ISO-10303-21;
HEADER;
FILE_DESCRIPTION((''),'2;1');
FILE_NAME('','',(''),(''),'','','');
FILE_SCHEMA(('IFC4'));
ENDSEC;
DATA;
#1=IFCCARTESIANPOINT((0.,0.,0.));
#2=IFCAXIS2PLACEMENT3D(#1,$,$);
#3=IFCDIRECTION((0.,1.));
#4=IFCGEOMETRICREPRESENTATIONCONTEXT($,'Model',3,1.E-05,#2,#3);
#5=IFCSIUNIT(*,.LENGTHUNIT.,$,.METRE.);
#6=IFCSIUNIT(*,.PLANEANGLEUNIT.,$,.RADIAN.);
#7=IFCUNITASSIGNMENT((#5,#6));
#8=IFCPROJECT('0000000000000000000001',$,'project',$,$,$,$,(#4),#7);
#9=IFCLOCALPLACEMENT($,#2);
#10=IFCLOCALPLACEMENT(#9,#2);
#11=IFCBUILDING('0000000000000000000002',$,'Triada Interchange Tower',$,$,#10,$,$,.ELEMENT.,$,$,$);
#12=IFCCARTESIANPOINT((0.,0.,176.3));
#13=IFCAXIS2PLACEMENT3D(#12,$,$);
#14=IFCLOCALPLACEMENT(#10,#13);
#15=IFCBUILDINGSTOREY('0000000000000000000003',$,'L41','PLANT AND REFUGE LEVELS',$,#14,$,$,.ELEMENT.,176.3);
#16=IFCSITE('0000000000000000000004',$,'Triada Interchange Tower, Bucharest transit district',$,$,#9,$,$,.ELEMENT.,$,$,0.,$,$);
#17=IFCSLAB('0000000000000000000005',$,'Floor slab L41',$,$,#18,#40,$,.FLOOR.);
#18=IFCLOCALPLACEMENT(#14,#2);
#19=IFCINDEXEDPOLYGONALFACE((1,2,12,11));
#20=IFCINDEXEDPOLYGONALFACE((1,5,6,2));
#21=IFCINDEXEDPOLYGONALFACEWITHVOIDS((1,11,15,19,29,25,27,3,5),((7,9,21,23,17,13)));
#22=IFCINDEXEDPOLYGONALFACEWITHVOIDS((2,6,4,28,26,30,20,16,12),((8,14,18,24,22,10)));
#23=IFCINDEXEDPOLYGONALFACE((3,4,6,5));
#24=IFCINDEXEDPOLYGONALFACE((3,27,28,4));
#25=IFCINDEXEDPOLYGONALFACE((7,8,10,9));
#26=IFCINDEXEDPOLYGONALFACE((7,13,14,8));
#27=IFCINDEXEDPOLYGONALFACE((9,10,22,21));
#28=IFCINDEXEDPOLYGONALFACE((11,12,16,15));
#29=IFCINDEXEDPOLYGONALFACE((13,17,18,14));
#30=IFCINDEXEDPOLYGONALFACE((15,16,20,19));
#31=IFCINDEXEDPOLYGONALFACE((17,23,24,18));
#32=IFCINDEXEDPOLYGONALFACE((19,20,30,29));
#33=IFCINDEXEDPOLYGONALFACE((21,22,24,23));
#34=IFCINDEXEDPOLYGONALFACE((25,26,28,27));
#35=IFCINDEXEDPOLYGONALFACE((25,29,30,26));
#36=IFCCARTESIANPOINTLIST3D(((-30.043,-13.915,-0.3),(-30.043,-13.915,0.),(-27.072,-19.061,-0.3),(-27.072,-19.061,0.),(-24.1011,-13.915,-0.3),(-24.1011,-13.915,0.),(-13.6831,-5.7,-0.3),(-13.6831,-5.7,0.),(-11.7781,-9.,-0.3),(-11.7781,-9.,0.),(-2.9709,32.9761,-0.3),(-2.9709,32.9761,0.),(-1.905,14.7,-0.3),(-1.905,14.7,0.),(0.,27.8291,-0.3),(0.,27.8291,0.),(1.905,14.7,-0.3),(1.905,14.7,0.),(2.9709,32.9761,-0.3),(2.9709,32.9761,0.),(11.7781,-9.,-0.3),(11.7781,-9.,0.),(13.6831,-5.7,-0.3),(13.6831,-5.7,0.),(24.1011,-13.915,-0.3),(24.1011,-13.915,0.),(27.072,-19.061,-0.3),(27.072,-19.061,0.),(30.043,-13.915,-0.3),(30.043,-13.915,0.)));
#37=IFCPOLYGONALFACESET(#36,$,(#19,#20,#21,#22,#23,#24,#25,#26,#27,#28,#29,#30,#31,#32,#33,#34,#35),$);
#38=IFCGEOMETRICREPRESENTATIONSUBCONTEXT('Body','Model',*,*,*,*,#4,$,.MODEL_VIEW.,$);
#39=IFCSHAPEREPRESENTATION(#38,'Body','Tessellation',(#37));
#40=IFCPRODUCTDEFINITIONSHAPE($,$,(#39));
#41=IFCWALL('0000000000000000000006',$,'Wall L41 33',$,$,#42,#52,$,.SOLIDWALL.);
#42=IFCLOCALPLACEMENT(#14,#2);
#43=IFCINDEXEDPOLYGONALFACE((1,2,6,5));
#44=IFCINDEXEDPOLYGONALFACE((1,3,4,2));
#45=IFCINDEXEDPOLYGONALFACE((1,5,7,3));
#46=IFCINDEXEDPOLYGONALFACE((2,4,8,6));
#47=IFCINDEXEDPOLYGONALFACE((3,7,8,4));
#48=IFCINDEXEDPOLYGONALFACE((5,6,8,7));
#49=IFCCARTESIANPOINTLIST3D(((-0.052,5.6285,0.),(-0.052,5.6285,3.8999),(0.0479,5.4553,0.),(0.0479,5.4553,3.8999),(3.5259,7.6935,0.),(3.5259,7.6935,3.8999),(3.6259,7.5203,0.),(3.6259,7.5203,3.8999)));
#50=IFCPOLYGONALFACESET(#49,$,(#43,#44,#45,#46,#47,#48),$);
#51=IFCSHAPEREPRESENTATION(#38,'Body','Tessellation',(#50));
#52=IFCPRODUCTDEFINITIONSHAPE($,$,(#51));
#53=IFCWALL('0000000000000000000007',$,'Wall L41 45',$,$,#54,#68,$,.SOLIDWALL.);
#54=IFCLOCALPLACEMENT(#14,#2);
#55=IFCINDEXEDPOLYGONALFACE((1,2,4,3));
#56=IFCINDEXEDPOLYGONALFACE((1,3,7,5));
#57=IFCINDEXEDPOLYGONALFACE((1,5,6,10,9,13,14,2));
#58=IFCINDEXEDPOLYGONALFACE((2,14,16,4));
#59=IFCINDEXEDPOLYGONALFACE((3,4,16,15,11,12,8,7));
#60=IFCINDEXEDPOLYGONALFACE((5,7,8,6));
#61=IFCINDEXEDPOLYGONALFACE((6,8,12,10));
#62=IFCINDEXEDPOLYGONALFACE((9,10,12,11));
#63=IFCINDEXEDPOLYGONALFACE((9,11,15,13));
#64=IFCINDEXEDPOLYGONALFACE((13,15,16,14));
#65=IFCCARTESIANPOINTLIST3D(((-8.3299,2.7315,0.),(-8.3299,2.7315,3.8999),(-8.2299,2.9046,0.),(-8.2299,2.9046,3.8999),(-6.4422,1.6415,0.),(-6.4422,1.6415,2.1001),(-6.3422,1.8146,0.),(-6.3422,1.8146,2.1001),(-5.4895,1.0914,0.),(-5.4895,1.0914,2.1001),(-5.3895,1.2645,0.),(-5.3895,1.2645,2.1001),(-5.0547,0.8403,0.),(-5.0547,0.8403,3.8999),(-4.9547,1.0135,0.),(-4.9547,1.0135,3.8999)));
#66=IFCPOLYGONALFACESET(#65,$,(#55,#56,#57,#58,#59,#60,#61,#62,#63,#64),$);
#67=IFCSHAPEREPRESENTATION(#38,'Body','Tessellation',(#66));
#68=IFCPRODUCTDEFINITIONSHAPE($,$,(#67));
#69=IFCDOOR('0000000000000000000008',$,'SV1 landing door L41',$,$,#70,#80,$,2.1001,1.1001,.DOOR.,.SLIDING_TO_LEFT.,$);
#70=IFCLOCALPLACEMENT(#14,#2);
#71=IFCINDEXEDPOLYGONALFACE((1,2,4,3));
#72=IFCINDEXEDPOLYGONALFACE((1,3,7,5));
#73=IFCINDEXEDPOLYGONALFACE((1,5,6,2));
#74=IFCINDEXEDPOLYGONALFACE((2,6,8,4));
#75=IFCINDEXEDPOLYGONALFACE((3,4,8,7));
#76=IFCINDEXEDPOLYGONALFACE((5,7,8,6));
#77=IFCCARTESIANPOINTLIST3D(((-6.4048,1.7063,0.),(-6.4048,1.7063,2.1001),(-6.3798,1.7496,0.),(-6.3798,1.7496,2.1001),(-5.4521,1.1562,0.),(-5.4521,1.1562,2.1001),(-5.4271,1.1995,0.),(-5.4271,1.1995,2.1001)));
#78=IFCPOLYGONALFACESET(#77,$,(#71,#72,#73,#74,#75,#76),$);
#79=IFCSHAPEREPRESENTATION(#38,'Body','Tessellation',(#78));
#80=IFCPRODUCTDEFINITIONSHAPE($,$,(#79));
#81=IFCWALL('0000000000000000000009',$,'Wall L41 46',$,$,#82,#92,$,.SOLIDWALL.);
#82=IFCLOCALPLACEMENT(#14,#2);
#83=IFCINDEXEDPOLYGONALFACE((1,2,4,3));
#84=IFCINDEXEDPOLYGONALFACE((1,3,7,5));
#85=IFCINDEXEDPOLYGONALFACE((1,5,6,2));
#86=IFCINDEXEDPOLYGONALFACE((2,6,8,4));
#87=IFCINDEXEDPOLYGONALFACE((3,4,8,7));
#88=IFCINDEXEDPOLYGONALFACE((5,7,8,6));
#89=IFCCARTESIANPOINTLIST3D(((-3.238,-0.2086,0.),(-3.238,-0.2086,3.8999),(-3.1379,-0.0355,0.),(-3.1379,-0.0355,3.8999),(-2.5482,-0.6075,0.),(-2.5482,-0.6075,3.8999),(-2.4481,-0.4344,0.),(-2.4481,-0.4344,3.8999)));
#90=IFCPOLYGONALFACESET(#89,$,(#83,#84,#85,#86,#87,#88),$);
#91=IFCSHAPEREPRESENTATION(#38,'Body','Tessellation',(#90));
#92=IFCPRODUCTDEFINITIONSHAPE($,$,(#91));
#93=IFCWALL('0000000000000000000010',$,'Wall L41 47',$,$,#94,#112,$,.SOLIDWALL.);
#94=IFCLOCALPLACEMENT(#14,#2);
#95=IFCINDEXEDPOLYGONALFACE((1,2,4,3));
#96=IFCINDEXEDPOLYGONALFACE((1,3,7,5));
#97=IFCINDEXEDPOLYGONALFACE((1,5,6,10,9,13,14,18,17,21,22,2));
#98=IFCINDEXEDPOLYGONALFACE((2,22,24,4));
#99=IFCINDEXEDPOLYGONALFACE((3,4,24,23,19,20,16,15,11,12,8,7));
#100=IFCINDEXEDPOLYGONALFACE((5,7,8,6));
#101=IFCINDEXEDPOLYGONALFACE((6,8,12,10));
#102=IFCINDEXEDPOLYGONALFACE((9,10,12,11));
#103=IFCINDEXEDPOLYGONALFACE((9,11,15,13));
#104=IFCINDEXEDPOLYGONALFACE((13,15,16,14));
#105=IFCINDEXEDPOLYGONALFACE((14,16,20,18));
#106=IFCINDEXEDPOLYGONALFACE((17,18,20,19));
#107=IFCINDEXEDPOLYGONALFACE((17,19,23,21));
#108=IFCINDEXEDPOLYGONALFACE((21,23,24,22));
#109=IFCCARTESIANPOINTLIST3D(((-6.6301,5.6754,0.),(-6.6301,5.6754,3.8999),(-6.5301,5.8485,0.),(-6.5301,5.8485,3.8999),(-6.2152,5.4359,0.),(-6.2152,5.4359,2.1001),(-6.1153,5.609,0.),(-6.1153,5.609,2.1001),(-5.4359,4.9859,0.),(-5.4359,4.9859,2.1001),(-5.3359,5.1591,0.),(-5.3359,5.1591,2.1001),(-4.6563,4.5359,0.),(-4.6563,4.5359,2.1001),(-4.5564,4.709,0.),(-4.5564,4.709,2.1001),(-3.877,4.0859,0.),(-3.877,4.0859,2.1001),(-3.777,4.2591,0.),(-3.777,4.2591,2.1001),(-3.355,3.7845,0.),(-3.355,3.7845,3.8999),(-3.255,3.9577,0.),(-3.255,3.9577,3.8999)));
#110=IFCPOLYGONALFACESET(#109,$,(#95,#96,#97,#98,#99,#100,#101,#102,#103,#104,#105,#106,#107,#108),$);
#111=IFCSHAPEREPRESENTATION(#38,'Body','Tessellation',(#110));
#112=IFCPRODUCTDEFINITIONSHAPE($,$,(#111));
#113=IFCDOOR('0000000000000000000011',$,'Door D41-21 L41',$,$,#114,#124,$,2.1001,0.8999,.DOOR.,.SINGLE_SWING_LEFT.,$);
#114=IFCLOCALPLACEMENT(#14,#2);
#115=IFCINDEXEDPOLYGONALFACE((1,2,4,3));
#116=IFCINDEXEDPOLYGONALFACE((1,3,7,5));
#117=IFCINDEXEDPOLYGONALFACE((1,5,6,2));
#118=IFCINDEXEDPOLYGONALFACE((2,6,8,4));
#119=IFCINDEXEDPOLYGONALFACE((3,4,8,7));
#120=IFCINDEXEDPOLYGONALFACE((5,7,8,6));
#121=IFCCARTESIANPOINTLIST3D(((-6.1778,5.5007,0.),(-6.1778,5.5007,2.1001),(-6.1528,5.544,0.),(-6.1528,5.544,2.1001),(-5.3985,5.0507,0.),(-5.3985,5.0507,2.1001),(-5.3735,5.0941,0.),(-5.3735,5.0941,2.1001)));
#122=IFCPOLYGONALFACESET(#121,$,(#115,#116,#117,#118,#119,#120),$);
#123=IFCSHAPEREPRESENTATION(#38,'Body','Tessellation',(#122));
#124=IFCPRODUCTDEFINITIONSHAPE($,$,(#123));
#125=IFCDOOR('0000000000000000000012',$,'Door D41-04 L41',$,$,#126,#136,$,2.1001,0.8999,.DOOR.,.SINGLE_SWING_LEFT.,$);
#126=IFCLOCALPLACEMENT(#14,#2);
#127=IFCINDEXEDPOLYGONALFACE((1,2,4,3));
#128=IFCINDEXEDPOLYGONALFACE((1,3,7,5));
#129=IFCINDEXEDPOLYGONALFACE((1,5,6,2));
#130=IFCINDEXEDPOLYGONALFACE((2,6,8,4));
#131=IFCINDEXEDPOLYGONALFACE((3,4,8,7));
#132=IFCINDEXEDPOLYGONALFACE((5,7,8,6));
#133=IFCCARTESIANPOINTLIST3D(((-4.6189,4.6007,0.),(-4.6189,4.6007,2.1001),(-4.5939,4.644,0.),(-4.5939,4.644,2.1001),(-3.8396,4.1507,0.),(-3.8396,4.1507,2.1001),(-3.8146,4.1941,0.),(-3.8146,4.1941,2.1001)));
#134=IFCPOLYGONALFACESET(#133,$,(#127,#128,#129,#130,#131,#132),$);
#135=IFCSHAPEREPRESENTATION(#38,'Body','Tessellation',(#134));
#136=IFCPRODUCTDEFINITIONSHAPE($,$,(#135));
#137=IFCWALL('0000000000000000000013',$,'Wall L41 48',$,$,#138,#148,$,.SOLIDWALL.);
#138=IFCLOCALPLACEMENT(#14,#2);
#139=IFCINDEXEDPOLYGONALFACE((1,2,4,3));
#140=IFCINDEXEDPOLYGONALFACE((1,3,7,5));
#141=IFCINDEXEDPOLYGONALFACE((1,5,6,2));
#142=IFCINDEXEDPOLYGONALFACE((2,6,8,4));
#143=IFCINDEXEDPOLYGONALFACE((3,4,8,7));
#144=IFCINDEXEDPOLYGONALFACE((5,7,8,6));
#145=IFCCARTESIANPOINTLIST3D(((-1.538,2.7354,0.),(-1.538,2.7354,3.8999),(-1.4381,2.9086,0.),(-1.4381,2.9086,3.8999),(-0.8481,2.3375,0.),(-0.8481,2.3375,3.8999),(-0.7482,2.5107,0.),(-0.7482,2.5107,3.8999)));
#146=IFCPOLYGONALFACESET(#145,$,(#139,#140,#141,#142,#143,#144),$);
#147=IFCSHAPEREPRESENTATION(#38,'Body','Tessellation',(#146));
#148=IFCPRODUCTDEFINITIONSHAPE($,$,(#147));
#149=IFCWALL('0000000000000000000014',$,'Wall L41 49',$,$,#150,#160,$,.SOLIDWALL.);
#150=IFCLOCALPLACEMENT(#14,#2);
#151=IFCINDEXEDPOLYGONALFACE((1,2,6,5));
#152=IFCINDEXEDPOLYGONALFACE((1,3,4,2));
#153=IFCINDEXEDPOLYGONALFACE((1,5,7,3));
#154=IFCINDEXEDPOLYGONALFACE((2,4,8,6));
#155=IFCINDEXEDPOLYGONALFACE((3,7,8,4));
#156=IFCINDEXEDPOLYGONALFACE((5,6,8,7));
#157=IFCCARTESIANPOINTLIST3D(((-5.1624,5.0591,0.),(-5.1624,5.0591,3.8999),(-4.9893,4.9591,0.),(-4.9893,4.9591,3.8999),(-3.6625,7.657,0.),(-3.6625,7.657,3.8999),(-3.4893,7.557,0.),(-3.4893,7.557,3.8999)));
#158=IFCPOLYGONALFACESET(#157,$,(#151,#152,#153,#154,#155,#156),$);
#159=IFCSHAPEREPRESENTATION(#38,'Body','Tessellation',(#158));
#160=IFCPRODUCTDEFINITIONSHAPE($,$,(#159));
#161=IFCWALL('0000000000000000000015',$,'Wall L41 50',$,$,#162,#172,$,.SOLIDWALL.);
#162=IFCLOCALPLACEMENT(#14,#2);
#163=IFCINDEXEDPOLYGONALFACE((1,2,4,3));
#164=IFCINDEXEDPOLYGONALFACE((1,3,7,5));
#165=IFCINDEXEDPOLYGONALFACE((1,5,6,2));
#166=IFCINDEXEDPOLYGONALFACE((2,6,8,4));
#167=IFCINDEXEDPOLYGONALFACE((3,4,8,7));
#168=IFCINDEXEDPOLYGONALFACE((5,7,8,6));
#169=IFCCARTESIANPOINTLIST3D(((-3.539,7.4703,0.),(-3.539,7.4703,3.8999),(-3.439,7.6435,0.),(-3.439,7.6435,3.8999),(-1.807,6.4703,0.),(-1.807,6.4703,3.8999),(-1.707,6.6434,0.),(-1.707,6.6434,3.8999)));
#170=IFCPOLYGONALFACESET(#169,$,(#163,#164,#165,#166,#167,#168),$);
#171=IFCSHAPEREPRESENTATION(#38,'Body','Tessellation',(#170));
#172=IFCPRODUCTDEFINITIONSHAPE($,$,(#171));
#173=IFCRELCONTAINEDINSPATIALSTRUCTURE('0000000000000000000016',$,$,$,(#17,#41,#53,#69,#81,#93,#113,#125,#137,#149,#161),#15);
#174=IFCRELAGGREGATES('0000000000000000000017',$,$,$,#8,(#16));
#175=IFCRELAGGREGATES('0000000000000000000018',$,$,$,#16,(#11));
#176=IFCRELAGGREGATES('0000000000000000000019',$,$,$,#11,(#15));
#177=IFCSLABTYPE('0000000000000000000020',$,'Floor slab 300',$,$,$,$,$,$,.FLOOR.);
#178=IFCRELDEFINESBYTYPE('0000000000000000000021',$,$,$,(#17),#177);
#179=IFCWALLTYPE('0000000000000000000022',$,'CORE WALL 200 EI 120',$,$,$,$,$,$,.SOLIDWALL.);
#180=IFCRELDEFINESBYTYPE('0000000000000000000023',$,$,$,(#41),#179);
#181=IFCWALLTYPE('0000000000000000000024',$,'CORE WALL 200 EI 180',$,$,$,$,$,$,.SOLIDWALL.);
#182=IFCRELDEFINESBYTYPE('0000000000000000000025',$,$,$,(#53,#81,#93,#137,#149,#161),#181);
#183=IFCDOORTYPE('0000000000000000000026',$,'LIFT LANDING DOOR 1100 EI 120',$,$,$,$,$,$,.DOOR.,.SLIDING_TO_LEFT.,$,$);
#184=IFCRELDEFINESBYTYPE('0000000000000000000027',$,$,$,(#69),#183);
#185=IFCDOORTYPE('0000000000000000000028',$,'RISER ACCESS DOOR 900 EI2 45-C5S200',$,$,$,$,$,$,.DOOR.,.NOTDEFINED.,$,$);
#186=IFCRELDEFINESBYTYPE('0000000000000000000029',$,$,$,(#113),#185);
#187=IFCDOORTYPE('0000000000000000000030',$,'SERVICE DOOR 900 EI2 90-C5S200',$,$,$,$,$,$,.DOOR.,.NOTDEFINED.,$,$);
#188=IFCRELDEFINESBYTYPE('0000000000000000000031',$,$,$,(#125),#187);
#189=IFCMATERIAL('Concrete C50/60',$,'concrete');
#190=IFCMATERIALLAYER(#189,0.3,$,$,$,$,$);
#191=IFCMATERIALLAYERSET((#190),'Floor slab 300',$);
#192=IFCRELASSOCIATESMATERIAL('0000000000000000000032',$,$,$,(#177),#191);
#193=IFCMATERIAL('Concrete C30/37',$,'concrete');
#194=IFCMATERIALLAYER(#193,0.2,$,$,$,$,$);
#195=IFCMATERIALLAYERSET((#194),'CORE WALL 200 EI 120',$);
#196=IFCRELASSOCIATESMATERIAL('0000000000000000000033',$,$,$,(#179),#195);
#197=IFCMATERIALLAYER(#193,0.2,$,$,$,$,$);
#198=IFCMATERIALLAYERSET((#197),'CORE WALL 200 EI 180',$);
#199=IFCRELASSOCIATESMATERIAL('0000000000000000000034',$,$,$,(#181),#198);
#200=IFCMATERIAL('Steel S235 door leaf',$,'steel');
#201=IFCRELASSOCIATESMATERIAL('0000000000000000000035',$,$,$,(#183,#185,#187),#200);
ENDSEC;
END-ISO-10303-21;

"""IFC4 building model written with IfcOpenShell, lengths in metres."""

from ifc_helpers import new_model, si_unit, direction, frame, frame_2d, origin, place, context, subcontext, project, spatial, polyline, rectangle, outline, extrude, material, layer, layer_set, type_object, element, fill, save


model = new_model("IFC4")

# Units and contexts
model_context = context("Model", 3, precision=1e-05, world=origin(), true_north=direction((0.0, 1.0)))
body_context = subcontext(model_context, "Body", "Model", "MODEL_VIEW")
ifc_project = project(units=[si_unit("LENGTHUNIT", "METRE"), si_unit("PLANEANGLEUNIT", "RADIAN")], contexts=[model_context])

# Site, building, storey
site_placement = place(None, origin())
site = spatial("IfcSite", under=ifc_project, at=site_placement, Name="Triada Interchange Tower, Bucharest transit district", CompositionType="ELEMENT", RefElevation=0.0)
building_placement = place(site_placement, origin())
building = spatial("IfcBuilding", under=site, at=building_placement, Name="Triada Interchange Tower", CompositionType="ELEMENT")
storey_placement = place(building_placement, frame((0.0, 0.0, 176.3)))
storey = spatial("IfcBuildingStorey", under=building, at=storey_placement, Name="L41", Description="PLANT AND REFUGE LEVELS", CompositionType="ELEMENT", Elevation=176.3)

# Slab
ifc_material_1 = material(Name="Concrete C50/60", Category="concrete")
ifc_layer_1 = layer(ifc_material_1, 0.3)
ifc_layer_set_1 = layer_set([ifc_layer_1], Name="Floor slab 300")
slab_type = type_object("IfcSlabType", Name="Floor slab 300", PredefinedType="FLOOR", material=ifc_layer_set_1)
slab_placement = place(storey_placement, frame((0.0, 0.0, -0.3)))
element("IfcSlab", 1, at=slab_placement, inside=storey, type_object=slab_type, Name="Floor slab L41", PredefinedType="FLOOR", context=body_context, shape_type="SweptSolid", body=[
    extrude(outline(polyline([(-2.9709, 32.9761), (-30.043, -13.915), (-24.1011, -13.915), (-27.072, -19.061), (27.072, -19.061), (24.1011, -13.915), (30.043, -13.915), (2.9709, 32.9761), (0.0, 27.8291), (-2.9709, 32.9761)]), holes=[polyline([(1.905, 14.7), (-1.905, 14.7), (-13.6831, -5.7), (-11.7781, -9.0), (11.7781, -9.0), (13.6831, -5.7), (1.905, 14.7)])]), origin(), (0.0, 0.0, 1.0), 0.3),
])

# Wall
ifc_material_2 = material(Name="Concrete C30/37", Category="concrete")
ifc_layer_2 = layer(ifc_material_2, 0.2)
ifc_layer_set_2 = layer_set([ifc_layer_2], Name="CORE WALL 200 EI 120")
wall_type_1 = type_object("IfcWallType", Name="CORE WALL 200 EI 120", PredefinedType="SOLIDWALL", material=ifc_layer_set_2)
wall_1_placement = place(storey_placement, frame((-0.002, 5.542, 0.0), z_axis=(0.0, 0.0, 1.0), x_axis=(0.866104, 0.499864, 0.0)))
element("IfcWall", 2, at=wall_1_placement, inside=storey, type_object=wall_type_1, Name="Wall L41 33", PredefinedType="SOLIDWALL", context=body_context, shape_type="SweptSolid", body=[
    extrude(rectangle(XDim=4.1311, YDim=0.2, at=frame_2d((2.0654, 0.0))), origin(), (0.0, 0.0, 1.0), 3.8999),
])

# Wall, opening, door
ifc_layer_3 = layer(ifc_material_2, 0.2)
ifc_layer_set_3 = layer_set([ifc_layer_3], Name="CORE WALL 200 EI 180")
wall_type_2 = type_object("IfcWallType", Name="CORE WALL 200 EI 180", PredefinedType="SOLIDWALL", material=ifc_layer_set_3)
wall_2_placement = place(storey_placement, frame((-8.28, 2.8181, 0.0), z_axis=(0.0, 0.0, 1.0), x_axis=(0.866002, -0.500041, 0.0)))
wall_2 = element("IfcWall", 3, at=wall_2_placement, inside=storey, type_object=wall_type_2, Name="Wall L41 45", PredefinedType="SOLIDWALL", context=body_context, shape_type="SweptSolid", body=[
    extrude(rectangle(XDim=3.782, YDim=0.2, at=frame_2d((1.8911, 0.0))), origin(), (0.0, 0.0, 1.0), 3.8999),
])
opening_1_placement = place(wall_2_placement, frame((2.1799, 0.0, 0.0)))
opening_1 = element("IfcOpeningElement", 4, at=opening_1_placement, cuts=wall_2, PredefinedType="OPENING", context=body_context, shape_type="SweptSolid", body=[
    extrude(rectangle(XDim=1.1001, YDim=2.1001, at=frame_2d((0.55, 1.05))), frame((0.0, 0.1099, 0.0), z_axis=(0.0, -1.0, 0.0), x_axis=(1.0, 0.0, 0.0)), (0.0, 0.0, 1.0), 0.22),
])
ifc_material_3 = material(Name="Steel S235 door leaf", Category="steel")
door_type_1 = type_object("IfcDoorType", Name="LIFT LANDING DOOR 1100 EI 120", OperationType="SLIDING_TO_LEFT", PredefinedType="DOOR", material=ifc_material_3)
door_1_placement = place(opening_1_placement, origin())
door_1 = element("IfcDoor", 5, at=door_1_placement, inside=storey, type_object=door_type_1, Name="SV1 landing door L41", OperationType="SLIDING_TO_LEFT", OverallHeight=2.1001, OverallWidth=1.1001, PredefinedType="DOOR", context=body_context, shape_type="SweptSolid", body=[
    extrude(rectangle(XDim=1.1001, YDim=2.1001, at=frame_2d((0.55, 1.05))), frame((0.0, 0.0249, 0.0), z_axis=(0.0, -1.0, 0.0), x_axis=(1.0, 0.0, 0.0)), (0.0, 0.0, 1.0), 0.05),
])
fill(opening_1, door_1)

# Wall
wall_3_placement = place(storey_placement, frame((-3.188, -0.1221, 0.0), z_axis=(0.0, 0.0, 1.0), x_axis=(0.865706, -0.500553, 0.0)))
element("IfcWall", 6, at=wall_3_placement, inside=storey, type_object=wall_type_2, Name="Wall L41 46", PredefinedType="SOLIDWALL", context=body_context, shape_type="SweptSolid", body=[
    extrude(rectangle(XDim=0.7969, YDim=0.2, at=frame_2d((0.3984, 0.0))), origin(), (0.0, 0.0, 1.0), 3.8999),
])

# Wall, openings, doors
wall_4_placement = place(storey_placement, frame((-6.5801, 5.762, 0.0), z_axis=(0.0, 0.0, 1.0), x_axis=(0.86603, -0.499993, 0.0)))
wall_4 = element("IfcWall", 7, at=wall_4_placement, inside=storey, type_object=wall_type_2, Name="Wall L41 47", PredefinedType="SOLIDWALL", context=body_context, shape_type="SweptSolid", body=[
    extrude(rectangle(XDim=3.7817, YDim=0.2, at=frame_2d((1.8909, 0.0))), origin(), (0.0, 0.0, 1.0), 3.8999),
])
opening_2_placement = place(wall_4_placement, frame((2.2791, 0.0, 0.0)))
opening_2 = element("IfcOpeningElement", 8, at=opening_2_placement, cuts=wall_4, PredefinedType="OPENING", context=body_context, shape_type="SweptSolid", body=[
    extrude(rectangle(XDim=0.8999, YDim=2.1001, at=frame_2d((0.45, 1.05))), frame((0.0, 0.1099, 0.0), z_axis=(0.0, -1.0, 0.0), x_axis=(1.0, 0.0, 0.0)), (0.0, 0.0, 1.0), 0.22),
])
opening_3_placement = place(wall_4_placement, frame((0.479, 0.0, 0.0)))
opening_3 = element("IfcOpeningElement", 9, at=opening_3_placement, cuts=wall_4, PredefinedType="OPENING", context=body_context, shape_type="SweptSolid", body=[
    extrude(rectangle(XDim=0.8999, YDim=2.1001, at=frame_2d((0.45, 1.05))), frame((0.0, 0.1099, 0.0), z_axis=(0.0, -1.0, 0.0), x_axis=(1.0, 0.0, 0.0)), (0.0, 0.0, 1.0), 0.22),
])
door_type_2 = type_object("IfcDoorType", Name="RISER ACCESS DOOR 900 EI2 45-C5S200", OperationType="NOTDEFINED", PredefinedType="DOOR", material=ifc_material_3)
door_2_placement = place(opening_3_placement, origin())
door_2 = element("IfcDoor", 10, at=door_2_placement, inside=storey, type_object=door_type_2, Name="Door D41-21 L41", OperationType="SINGLE_SWING_LEFT", OverallHeight=2.1001, OverallWidth=0.8999, PredefinedType="DOOR", context=body_context, shape_type="SweptSolid", body=[
    extrude(rectangle(XDim=0.8999, YDim=2.1001, at=frame_2d((0.45, 1.05))), frame((0.0, 0.0249, 0.0), z_axis=(0.0, -1.0, 0.0), x_axis=(1.0, 0.0, 0.0)), (0.0, 0.0, 1.0), 0.05),
])
fill(opening_3, door_2)
door_type_3 = type_object("IfcDoorType", Name="SERVICE DOOR 900 EI2 90-C5S200", OperationType="NOTDEFINED", PredefinedType="DOOR", material=ifc_material_3)
door_3_placement = place(opening_2_placement, origin())
door_3 = element("IfcDoor", 11, at=door_3_placement, inside=storey, type_object=door_type_3, Name="Door D41-04 L41", OperationType="SINGLE_SWING_LEFT", OverallHeight=2.1001, OverallWidth=0.8999, PredefinedType="DOOR", context=body_context, shape_type="SweptSolid", body=[
    extrude(rectangle(XDim=0.8999, YDim=2.1001, at=frame_2d((0.45, 1.05))), frame((0.0, 0.0249, 0.0), z_axis=(0.0, -1.0, 0.0), x_axis=(1.0, 0.0, 0.0)), (0.0, 0.0, 1.0), 0.05),
])
fill(opening_2, door_3)

# Walls
wall_5_placement = place(storey_placement, frame((-1.488, 2.822, 0.0), z_axis=(0.0, 0.0, 1.0), x_axis=(0.866237, -0.499634, 0.0)))
element("IfcWall", 12, at=wall_5_placement, inside=storey, type_object=wall_type_2, Name="Wall L41 48", PredefinedType="SOLIDWALL", context=body_context, shape_type="SweptSolid", body=[
    extrude(rectangle(XDim=0.7964, YDim=0.2, at=frame_2d((0.3982, 0.0))), origin(), (0.0, 0.0, 1.0), 3.8999),
])
wall_6_placement = place(storey_placement, frame((-5.0759, 5.009, 0.0), z_axis=(0.0, 0.0, 1.0), x_axis=(0.500025, 0.866011, 0.0)))
element("IfcWall", 13, at=wall_6_placement, inside=storey, type_object=wall_type_2, Name="Wall L41 49", PredefinedType="SOLIDWALL", context=body_context, shape_type="SweptSolid", body=[
    extrude(rectangle(XDim=2.9998, YDim=0.2, at=frame_2d((1.5, 0.0))), origin(), (0.0, 0.0, 1.0), 3.8999),
])
wall_7_placement = place(storey_placement, frame((-3.489, 7.5569, 0.0), z_axis=(0.0, 0.0, 1.0), x_axis=(0.866011, -0.500025, 0.0)))
element("IfcWall", 14, at=wall_7_placement, inside=storey, type_object=wall_type_2, Name="Wall L41 50", PredefinedType="SOLIDWALL", context=body_context, shape_type="SweptSolid", body=[
    extrude(rectangle(XDim=2.0, YDim=0.2, at=frame_2d((1.0, 0.0))), origin(), (0.0, 0.0, 1.0), 3.8999),
])

save(model, "model.ifc")
